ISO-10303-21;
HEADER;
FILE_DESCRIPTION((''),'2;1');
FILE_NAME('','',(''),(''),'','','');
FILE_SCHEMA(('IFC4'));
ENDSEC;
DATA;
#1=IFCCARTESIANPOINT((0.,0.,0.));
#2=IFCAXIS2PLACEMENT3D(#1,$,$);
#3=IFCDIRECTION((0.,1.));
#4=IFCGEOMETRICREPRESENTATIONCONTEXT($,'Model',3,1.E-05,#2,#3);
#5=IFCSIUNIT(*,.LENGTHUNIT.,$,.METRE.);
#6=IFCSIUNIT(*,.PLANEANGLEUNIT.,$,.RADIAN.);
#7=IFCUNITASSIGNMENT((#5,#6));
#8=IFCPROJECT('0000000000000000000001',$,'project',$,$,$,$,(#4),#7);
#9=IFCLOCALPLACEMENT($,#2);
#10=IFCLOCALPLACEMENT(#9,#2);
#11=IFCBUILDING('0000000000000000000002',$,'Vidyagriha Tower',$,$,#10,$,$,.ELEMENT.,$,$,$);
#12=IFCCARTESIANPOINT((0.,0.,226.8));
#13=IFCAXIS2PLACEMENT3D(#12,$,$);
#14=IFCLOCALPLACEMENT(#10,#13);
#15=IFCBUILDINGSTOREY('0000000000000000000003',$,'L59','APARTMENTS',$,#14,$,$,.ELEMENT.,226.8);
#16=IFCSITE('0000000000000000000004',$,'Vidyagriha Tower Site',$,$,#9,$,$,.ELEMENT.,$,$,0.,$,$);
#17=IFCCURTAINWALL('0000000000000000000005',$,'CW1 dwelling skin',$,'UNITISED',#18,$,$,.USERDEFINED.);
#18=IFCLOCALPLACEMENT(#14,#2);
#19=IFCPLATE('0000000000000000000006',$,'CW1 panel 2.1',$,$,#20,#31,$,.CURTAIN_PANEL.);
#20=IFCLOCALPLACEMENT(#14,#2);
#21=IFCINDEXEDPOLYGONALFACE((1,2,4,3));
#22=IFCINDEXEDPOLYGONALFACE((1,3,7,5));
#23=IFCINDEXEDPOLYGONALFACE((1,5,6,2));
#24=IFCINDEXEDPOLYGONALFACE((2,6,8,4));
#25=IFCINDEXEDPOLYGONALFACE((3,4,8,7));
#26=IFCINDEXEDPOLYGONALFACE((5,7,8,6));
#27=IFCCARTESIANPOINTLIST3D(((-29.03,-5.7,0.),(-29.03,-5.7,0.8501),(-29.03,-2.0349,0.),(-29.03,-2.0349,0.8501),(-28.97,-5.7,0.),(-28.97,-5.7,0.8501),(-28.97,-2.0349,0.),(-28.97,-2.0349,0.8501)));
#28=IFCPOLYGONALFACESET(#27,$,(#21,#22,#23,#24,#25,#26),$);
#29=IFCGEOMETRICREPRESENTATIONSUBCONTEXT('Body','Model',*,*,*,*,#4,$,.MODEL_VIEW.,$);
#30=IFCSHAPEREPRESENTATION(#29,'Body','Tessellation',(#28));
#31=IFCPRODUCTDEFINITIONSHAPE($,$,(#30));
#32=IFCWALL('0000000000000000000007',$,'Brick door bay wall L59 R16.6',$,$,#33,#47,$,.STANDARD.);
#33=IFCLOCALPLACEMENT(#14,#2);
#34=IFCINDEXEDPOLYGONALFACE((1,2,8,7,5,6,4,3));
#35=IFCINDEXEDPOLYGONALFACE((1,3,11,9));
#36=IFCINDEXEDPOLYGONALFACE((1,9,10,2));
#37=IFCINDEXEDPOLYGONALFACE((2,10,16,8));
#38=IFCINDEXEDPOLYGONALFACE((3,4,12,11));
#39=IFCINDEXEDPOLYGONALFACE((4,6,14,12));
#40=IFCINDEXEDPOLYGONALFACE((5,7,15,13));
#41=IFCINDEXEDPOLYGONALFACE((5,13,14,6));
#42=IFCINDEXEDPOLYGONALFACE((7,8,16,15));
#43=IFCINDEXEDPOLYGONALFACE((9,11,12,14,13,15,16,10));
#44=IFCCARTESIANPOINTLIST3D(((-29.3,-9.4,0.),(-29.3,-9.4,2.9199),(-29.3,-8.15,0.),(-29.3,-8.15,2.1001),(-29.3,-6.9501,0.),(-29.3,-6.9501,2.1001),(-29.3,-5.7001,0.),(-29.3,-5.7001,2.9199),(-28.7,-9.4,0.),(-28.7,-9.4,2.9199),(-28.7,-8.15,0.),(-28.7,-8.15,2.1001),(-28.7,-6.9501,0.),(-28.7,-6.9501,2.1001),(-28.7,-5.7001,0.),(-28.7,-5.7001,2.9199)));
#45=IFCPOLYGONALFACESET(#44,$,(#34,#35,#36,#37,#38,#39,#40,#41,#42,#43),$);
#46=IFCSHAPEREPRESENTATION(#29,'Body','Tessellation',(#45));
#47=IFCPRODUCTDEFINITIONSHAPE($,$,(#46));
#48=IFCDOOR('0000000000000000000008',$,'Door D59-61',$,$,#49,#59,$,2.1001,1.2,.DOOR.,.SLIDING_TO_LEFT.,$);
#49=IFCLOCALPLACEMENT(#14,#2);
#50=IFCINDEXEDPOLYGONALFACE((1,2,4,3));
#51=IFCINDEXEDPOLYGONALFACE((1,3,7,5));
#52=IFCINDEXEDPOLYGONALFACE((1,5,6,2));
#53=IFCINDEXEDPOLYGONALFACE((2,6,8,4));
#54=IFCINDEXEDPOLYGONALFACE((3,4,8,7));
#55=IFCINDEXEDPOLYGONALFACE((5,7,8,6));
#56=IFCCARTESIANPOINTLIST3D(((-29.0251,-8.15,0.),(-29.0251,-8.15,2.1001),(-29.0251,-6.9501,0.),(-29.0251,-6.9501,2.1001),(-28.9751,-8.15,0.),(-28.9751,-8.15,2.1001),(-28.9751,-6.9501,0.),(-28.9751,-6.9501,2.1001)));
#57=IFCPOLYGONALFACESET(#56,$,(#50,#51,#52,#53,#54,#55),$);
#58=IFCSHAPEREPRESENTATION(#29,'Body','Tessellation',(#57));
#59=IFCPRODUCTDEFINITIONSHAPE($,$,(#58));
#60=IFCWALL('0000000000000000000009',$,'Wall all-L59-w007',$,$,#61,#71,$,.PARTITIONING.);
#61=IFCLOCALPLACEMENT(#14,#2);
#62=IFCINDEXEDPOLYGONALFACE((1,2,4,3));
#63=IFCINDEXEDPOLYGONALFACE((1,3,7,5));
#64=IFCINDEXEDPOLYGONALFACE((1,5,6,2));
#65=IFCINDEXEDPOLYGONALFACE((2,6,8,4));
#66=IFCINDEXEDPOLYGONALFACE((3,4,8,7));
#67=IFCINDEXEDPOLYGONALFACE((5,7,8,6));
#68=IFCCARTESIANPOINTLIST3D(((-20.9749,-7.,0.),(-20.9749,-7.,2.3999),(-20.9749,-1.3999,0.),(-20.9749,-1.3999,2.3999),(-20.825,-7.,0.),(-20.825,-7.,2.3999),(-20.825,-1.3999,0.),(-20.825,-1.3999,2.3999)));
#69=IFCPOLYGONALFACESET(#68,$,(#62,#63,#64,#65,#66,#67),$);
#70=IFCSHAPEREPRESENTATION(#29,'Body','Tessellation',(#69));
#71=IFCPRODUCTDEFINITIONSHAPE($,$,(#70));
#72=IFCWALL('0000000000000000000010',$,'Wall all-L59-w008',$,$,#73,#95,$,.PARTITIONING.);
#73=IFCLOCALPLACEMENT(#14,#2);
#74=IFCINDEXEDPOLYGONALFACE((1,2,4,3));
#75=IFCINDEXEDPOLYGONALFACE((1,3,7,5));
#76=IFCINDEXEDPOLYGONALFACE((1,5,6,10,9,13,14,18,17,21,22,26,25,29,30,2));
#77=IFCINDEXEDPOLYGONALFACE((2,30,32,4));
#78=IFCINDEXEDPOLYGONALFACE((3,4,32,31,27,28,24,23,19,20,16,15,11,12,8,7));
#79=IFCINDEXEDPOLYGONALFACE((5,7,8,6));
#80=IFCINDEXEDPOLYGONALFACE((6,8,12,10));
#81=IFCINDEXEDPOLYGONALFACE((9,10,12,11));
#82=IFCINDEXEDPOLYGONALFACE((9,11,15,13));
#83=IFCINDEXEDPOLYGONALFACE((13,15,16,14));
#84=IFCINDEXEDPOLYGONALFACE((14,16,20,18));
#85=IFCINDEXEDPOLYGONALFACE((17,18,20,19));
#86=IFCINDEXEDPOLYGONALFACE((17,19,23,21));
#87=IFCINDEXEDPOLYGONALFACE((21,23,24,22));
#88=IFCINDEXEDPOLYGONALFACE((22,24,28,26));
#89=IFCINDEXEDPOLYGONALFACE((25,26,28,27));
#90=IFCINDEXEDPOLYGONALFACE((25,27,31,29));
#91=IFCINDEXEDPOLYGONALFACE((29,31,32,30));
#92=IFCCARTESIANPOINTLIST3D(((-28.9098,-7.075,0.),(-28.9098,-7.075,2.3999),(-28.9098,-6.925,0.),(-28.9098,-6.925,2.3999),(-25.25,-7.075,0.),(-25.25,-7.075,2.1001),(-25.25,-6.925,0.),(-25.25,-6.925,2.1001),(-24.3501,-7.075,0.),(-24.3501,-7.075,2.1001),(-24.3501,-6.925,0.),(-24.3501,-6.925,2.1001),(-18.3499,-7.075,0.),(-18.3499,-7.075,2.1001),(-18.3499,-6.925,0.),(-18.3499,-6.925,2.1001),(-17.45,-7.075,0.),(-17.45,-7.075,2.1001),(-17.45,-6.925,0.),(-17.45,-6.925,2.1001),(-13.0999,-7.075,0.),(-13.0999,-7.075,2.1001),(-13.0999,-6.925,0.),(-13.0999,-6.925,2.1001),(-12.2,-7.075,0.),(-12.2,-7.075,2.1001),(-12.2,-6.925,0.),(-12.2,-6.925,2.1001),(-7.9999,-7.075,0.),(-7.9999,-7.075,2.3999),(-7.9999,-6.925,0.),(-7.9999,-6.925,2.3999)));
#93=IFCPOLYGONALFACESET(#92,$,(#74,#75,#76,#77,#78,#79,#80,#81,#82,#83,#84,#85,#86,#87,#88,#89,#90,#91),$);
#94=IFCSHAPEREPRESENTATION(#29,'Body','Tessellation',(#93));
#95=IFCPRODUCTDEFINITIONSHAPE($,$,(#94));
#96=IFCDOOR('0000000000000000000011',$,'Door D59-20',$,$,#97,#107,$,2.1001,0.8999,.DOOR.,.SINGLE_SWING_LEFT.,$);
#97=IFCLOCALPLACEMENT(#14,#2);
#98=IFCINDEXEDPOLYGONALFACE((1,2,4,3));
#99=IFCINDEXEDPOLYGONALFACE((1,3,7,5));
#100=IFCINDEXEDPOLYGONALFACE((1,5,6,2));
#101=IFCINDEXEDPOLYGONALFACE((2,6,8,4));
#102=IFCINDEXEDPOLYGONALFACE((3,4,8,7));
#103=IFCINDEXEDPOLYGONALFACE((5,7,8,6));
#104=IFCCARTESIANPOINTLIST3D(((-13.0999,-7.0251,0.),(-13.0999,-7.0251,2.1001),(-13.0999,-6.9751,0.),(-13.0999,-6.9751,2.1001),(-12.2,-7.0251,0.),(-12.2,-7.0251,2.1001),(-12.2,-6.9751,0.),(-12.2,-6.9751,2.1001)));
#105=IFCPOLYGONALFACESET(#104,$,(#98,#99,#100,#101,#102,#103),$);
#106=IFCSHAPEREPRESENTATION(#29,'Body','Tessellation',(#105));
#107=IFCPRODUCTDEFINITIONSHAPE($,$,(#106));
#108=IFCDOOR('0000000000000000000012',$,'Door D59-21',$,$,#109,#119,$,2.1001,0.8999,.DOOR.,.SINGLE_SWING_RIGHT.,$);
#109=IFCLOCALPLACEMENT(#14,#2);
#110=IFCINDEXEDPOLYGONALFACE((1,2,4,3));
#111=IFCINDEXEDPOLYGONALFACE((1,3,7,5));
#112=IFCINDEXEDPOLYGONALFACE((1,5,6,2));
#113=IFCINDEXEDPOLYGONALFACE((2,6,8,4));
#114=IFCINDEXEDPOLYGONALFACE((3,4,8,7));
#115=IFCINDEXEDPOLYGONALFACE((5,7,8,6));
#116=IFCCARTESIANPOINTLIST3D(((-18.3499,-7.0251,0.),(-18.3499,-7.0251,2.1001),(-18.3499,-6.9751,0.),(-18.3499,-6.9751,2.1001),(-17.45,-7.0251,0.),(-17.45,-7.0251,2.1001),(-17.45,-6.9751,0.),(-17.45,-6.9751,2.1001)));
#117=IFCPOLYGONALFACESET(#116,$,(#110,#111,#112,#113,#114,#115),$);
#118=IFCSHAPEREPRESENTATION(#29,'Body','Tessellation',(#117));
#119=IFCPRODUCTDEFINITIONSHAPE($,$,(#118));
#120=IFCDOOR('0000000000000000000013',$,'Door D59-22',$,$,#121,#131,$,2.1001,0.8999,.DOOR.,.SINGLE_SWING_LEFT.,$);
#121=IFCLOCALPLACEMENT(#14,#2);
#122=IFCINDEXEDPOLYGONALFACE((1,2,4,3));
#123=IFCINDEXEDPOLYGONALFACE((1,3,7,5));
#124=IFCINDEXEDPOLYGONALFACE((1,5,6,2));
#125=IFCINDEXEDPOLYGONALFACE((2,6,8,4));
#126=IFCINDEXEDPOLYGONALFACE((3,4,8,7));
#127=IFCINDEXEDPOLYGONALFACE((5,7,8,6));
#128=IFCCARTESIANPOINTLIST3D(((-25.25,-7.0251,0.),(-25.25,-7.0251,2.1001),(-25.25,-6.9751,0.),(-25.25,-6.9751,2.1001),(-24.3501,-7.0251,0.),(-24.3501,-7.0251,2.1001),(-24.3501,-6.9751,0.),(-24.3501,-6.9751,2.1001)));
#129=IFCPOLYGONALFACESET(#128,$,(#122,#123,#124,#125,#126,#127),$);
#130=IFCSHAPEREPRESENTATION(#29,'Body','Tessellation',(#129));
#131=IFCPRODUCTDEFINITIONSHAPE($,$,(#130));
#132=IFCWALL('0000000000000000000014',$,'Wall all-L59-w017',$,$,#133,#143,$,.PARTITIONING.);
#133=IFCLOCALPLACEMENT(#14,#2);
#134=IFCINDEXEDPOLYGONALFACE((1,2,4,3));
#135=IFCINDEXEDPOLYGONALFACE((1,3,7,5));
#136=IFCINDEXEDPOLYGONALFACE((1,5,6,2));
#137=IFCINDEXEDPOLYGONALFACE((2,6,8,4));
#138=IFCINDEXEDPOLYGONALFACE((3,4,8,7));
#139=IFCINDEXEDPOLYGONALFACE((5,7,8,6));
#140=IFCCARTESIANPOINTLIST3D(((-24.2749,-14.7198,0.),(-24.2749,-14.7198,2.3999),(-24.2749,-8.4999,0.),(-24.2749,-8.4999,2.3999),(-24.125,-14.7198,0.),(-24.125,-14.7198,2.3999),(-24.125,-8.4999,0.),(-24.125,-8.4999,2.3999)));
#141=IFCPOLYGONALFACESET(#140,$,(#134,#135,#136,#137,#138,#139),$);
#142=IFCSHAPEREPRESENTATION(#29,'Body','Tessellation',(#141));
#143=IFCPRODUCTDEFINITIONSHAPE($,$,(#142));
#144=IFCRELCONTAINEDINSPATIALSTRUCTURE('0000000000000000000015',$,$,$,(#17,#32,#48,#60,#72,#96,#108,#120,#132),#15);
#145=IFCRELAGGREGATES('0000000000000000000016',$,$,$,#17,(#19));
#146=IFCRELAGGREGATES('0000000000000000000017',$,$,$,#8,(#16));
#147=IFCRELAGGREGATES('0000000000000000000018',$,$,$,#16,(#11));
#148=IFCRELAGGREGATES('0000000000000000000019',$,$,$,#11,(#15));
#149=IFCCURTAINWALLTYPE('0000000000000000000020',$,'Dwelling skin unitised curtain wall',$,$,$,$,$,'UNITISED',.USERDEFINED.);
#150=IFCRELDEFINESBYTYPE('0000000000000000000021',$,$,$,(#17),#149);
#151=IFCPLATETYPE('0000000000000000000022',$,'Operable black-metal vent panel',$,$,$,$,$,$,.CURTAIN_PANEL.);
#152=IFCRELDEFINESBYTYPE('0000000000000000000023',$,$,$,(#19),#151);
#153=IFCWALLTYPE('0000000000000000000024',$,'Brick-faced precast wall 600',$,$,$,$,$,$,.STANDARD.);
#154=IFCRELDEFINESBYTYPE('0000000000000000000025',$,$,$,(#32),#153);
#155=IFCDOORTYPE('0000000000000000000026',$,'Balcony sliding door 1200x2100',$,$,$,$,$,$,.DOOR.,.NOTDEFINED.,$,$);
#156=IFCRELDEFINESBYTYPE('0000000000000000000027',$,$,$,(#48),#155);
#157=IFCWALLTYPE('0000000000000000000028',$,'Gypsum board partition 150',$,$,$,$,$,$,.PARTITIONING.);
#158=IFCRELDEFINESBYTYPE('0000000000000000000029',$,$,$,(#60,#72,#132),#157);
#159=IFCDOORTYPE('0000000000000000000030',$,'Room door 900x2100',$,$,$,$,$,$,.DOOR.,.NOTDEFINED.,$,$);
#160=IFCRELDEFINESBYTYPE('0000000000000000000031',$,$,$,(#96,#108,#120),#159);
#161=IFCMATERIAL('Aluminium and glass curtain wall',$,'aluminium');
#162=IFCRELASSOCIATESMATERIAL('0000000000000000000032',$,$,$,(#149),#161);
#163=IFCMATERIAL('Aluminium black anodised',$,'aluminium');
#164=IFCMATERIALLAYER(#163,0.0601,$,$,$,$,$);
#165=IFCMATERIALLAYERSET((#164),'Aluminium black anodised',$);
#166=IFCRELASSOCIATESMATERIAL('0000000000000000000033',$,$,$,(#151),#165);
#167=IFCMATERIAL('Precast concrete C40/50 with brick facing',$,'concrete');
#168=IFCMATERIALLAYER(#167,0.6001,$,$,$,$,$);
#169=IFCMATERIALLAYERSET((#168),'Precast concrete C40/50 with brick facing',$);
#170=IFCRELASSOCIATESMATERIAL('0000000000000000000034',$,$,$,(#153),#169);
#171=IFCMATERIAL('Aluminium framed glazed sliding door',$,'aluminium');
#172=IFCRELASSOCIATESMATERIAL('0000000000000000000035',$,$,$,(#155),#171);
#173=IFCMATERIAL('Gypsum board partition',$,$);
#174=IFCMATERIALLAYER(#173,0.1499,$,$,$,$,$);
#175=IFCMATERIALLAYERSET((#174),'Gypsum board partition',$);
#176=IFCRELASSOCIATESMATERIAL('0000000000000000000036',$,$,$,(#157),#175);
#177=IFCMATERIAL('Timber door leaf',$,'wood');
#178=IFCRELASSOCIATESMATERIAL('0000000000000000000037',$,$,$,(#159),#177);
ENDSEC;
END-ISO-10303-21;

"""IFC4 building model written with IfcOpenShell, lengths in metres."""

from ifc_helpers import new_model, si_unit, direction, frame, frame_2d, origin, origin_2d, place, context, subcontext, project, spatial, rectangle, extrude, material, layer, layer_set, type_object, element, fill, aggregate, save


model = new_model("IFC4")

# Units and contexts
model_context = context("Model", 3, precision=1e-05, world=origin(), true_north=direction((0.0, 1.0)))
body_context = subcontext(model_context, "Body", "Model", "MODEL_VIEW")
ifc_project = project(units=[si_unit("LENGTHUNIT", "METRE"), si_unit("PLANEANGLEUNIT", "RADIAN")], contexts=[model_context])

# Site, building, storey
site_placement = place(None, origin())
site = spatial("IfcSite", under=ifc_project, at=site_placement, Name="Vidyagriha Tower Site", CompositionType="ELEMENT", RefElevation=0.0)
building_placement = place(site_placement, origin())
building = spatial("IfcBuilding", under=site, at=building_placement, Name="Vidyagriha Tower", CompositionType="ELEMENT")
storey_placement = place(building_placement, frame((0.0, 0.0, 226.8)))
storey = spatial("IfcBuildingStorey", under=building, at=storey_placement, Name="L59", Description="APARTMENTS", CompositionType="ELEMENT", Elevation=226.8)

# Curtain wall
ifc_material_1 = material(Name="Aluminium and glass curtain wall", Category="aluminium")
curtain_wall_type = type_object("IfcCurtainWallType", Name="Dwelling skin unitised curtain wall", ElementType="UNITISED", PredefinedType="USERDEFINED", material=ifc_material_1)
curtain_wall_1_placement = place(storey_placement, origin())
curtain_wall_1 = element("IfcCurtainWall", 1, at=curtain_wall_1_placement, inside=storey, type_object=curtain_wall_type, Name="CW1 dwelling skin", ObjectType="UNITISED", PredefinedType="USERDEFINED")

# Plate
ifc_material_2 = material(Name="Aluminium black anodised", Category="aluminium")
ifc_layer_1 = layer(ifc_material_2, 0.0601)
ifc_layer_set_1 = layer_set([ifc_layer_1], Name="Aluminium black anodised")
plate_type_1 = type_object("IfcPlateType", Name="Operable black-metal vent panel", PredefinedType="CURTAIN_PANEL", material=ifc_layer_set_1)
plate_1_placement = place(storey_placement, frame((-29.0, -3.8674, 0.0), z_axis=(0.0, 0.0, 1.0), x_axis=(0.0, -1.0, 0.0)))
plate_1 = element("IfcPlate", 2, at=plate_1_placement, type_object=plate_type_1, Name="CW1 panel 2.1", PredefinedType="CURTAIN_PANEL", context=body_context, shape_type="SweptSolid", body=[
    extrude(rectangle(XDim=3.665, YDim=0.0601, at=origin_2d()), origin(), (0.0, 0.0, 1.0), 0.8501),
])
aggregate(curtain_wall_1, [plate_1])

# Wall, opening, door
ifc_material_3 = material(Name="Precast concrete C40/50 with brick facing", Category="concrete")
ifc_layer_2 = layer(ifc_material_3, 0.6001)
ifc_layer_set_2 = layer_set([ifc_layer_2], Name="Precast concrete C40/50 with brick facing")
wall_type_1 = type_object("IfcWallType", Name="Brick-faced precast wall 600", PredefinedType="STANDARD", material=ifc_layer_set_2)
wall_1_placement = place(storey_placement, frame((-29.0, -5.7, 0.0), z_axis=(0.0, 0.0, 1.0), x_axis=(0.0, -1.0, 0.0)))
wall_1 = element("IfcWall", 3, at=wall_1_placement, inside=storey, type_object=wall_type_1, Name="Brick door bay wall L59 R16.6", PredefinedType="STANDARD", context=body_context, shape_type="SweptSolid", body=[
    extrude(rectangle(XDim=3.7, YDim=0.6001, at=frame_2d((1.8501, 0.0))), origin(), (0.0, 0.0, 1.0), 2.9199),
])
opening_1_placement = place(wall_1_placement, frame((1.25, 0.0, 0.0)))
opening_1 = element("IfcOpeningElement", 4, at=opening_1_placement, cuts=wall_1, PredefinedType="OPENING", context=body_context, shape_type="SweptSolid", body=[
    extrude(rectangle(XDim=1.2, YDim=2.1001, at=frame_2d((0.6001, 1.05))), frame((0.0, 0.3101, 0.0), z_axis=(0.0, -1.0, 0.0), x_axis=(1.0, 0.0, 0.0)), (0.0, 0.0, 1.0), 0.6201),
])
ifc_material_4 = material(Name="Aluminium framed glazed sliding door", Category="aluminium")
door_type_1 = type_object("IfcDoorType", Name="Balcony sliding door 1200x2100", OperationType="NOTDEFINED", PredefinedType="DOOR", material=ifc_material_4)
door_1_placement = place(opening_1_placement, origin())
door_1 = element("IfcDoor", 5, at=door_1_placement, inside=storey, type_object=door_type_1, Name="Door D59-61", OperationType="SLIDING_TO_LEFT", OverallHeight=2.1001, OverallWidth=1.2, PredefinedType="DOOR", context=body_context, shape_type="SweptSolid", body=[
    extrude(rectangle(XDim=1.2, YDim=2.1001, at=frame_2d((0.6001, 1.05))), frame((0.0, 0.0249, 0.0), z_axis=(0.0, -1.0, 0.0), x_axis=(1.0, 0.0, 0.0)), (0.0, 0.0, 1.0), 0.05),
])
fill(opening_1, door_1)

# Wall
ifc_material_5 = material(Name="Gypsum board partition")
ifc_layer_3 = layer(ifc_material_5, 0.1499)
ifc_layer_set_3 = layer_set([ifc_layer_3], Name="Gypsum board partition")
wall_type_2 = type_object("IfcWallType", Name="Gypsum board partition 150", PredefinedType="PARTITIONING", material=ifc_layer_set_3)
wall_2_placement = place(storey_placement, frame((-20.8999, -7.0, 0.0), z_axis=(0.0, 0.0, 1.0), x_axis=(0.0, 1.0, 0.0)))
element("IfcWall", 6, at=wall_2_placement, inside=storey, type_object=wall_type_2, Name="Wall all-L59-w007", PredefinedType="PARTITIONING", context=body_context, shape_type="SweptSolid", body=[
    extrude(rectangle(XDim=5.6001, YDim=0.1499, at=frame_2d((2.8, 0.0))), origin(), (0.0, 0.0, 1.0), 2.3999),
])

# Wall, openings, doors
wall_3_placement = place(storey_placement, frame((-28.9099, -7.0, 0.0)))
wall_3 = element("IfcWall", 7, at=wall_3_placement, inside=storey, type_object=wall_type_2, Name="Wall all-L59-w008", PredefinedType="PARTITIONING", context=body_context, shape_type="SweptSolid", body=[
    extrude(rectangle(XDim=20.9099, YDim=0.1499, at=frame_2d((10.4551, 0.0))), origin(), (0.0, 0.0, 1.0), 2.3999),
])
opening_2_placement = place(wall_3_placement, frame((15.8101, 0.0, 0.0)))
opening_2 = element("IfcOpeningElement", 8, at=opening_2_placement, cuts=wall_3, PredefinedType="OPENING", context=body_context, shape_type="SweptSolid", body=[
    extrude(rectangle(XDim=0.8999, YDim=2.1001, at=frame_2d((0.45, 1.05))), frame((0.0, 0.085, 0.0), z_axis=(0.0, -1.0, 0.0), x_axis=(1.0, 0.0, 0.0)), (0.0, 0.0, 1.0), 0.1699),
])
opening_3_placement = place(wall_3_placement, frame((10.5601, 0.0, 0.0)))
opening_3 = element("IfcOpeningElement", 9, at=opening_3_placement, cuts=wall_3, PredefinedType="OPENING", context=body_context, shape_type="SweptSolid", body=[
    extrude(rectangle(XDim=0.8999, YDim=2.1001, at=frame_2d((0.45, 1.05))), frame((0.0, 0.085, 0.0), z_axis=(0.0, -1.0, 0.0), x_axis=(1.0, 0.0, 0.0)), (0.0, 0.0, 1.0), 0.1699),
])
opening_4_placement = place(wall_3_placement, frame((3.6599, 0.0, 0.0)))
opening_4 = element("IfcOpeningElement", 10, at=opening_4_placement, cuts=wall_3, PredefinedType="OPENING", context=body_context, shape_type="SweptSolid", body=[
    extrude(rectangle(XDim=0.8999, YDim=2.1001, at=frame_2d((0.45, 1.05))), frame((0.0, 0.085, 0.0), z_axis=(0.0, -1.0, 0.0), x_axis=(1.0, 0.0, 0.0)), (0.0, 0.0, 1.0), 0.1699),
])
ifc_material_6 = material(Name="Timber door leaf", Category="wood")
door_type_2 = type_object("IfcDoorType", Name="Room door 900x2100", OperationType="NOTDEFINED", PredefinedType="DOOR", material=ifc_material_6)
door_2_placement = place(opening_2_placement, origin())
door_2 = element("IfcDoor", 11, at=door_2_placement, inside=storey, type_object=door_type_2, Name="Door D59-20", OperationType="SINGLE_SWING_LEFT", OverallHeight=2.1001, OverallWidth=0.8999, PredefinedType="DOOR", context=body_context, shape_type="SweptSolid", body=[
    extrude(rectangle(XDim=0.8999, YDim=2.1001, at=frame_2d((0.45, 1.05))), frame((0.0, 0.0249, 0.0), z_axis=(0.0, -1.0, 0.0), x_axis=(1.0, 0.0, 0.0)), (0.0, 0.0, 1.0), 0.05),
])
fill(opening_2, door_2)
door_3_placement = place(opening_3_placement, origin())
door_3 = element("IfcDoor", 12, at=door_3_placement, inside=storey, type_object=door_type_2, Name="Door D59-21", OperationType="SINGLE_SWING_RIGHT", OverallHeight=2.1001, OverallWidth=0.8999, PredefinedType="DOOR", context=body_context, shape_type="SweptSolid", body=[
    extrude(rectangle(XDim=0.8999, YDim=2.1001, at=frame_2d((0.45, 1.05))), frame((0.0, 0.0249, 0.0), z_axis=(0.0, -1.0, 0.0), x_axis=(1.0, 0.0, 0.0)), (0.0, 0.0, 1.0), 0.05),
])
fill(opening_3, door_3)
door_4_placement = place(opening_4_placement, origin())
door_4 = element("IfcDoor", 13, at=door_4_placement, inside=storey, type_object=door_type_2, Name="Door D59-22", OperationType="SINGLE_SWING_LEFT", OverallHeight=2.1001, OverallWidth=0.8999, PredefinedType="DOOR", context=body_context, shape_type="SweptSolid", body=[
    extrude(rectangle(XDim=0.8999, YDim=2.1001, at=frame_2d((0.45, 1.05))), frame((0.0, 0.0249, 0.0), z_axis=(0.0, -1.0, 0.0), x_axis=(1.0, 0.0, 0.0)), (0.0, 0.0, 1.0), 0.05),
])
fill(opening_4, door_4)

# Wall
wall_4_placement = place(storey_placement, frame((-24.2, -8.5, 0.0), z_axis=(0.0, 0.0, 1.0), x_axis=(0.0, -1.0, 0.0)))
element("IfcWall", 14, at=wall_4_placement, inside=storey, type_object=wall_type_2, Name="Wall all-L59-w017", PredefinedType="PARTITIONING", context=body_context, shape_type="SweptSolid", body=[
    extrude(rectangle(XDim=6.22, YDim=0.1499, at=frame_2d((3.1099, 0.0))), origin(), (0.0, 0.0, 1.0), 2.3999),
])

save(model, "model.ifc")
